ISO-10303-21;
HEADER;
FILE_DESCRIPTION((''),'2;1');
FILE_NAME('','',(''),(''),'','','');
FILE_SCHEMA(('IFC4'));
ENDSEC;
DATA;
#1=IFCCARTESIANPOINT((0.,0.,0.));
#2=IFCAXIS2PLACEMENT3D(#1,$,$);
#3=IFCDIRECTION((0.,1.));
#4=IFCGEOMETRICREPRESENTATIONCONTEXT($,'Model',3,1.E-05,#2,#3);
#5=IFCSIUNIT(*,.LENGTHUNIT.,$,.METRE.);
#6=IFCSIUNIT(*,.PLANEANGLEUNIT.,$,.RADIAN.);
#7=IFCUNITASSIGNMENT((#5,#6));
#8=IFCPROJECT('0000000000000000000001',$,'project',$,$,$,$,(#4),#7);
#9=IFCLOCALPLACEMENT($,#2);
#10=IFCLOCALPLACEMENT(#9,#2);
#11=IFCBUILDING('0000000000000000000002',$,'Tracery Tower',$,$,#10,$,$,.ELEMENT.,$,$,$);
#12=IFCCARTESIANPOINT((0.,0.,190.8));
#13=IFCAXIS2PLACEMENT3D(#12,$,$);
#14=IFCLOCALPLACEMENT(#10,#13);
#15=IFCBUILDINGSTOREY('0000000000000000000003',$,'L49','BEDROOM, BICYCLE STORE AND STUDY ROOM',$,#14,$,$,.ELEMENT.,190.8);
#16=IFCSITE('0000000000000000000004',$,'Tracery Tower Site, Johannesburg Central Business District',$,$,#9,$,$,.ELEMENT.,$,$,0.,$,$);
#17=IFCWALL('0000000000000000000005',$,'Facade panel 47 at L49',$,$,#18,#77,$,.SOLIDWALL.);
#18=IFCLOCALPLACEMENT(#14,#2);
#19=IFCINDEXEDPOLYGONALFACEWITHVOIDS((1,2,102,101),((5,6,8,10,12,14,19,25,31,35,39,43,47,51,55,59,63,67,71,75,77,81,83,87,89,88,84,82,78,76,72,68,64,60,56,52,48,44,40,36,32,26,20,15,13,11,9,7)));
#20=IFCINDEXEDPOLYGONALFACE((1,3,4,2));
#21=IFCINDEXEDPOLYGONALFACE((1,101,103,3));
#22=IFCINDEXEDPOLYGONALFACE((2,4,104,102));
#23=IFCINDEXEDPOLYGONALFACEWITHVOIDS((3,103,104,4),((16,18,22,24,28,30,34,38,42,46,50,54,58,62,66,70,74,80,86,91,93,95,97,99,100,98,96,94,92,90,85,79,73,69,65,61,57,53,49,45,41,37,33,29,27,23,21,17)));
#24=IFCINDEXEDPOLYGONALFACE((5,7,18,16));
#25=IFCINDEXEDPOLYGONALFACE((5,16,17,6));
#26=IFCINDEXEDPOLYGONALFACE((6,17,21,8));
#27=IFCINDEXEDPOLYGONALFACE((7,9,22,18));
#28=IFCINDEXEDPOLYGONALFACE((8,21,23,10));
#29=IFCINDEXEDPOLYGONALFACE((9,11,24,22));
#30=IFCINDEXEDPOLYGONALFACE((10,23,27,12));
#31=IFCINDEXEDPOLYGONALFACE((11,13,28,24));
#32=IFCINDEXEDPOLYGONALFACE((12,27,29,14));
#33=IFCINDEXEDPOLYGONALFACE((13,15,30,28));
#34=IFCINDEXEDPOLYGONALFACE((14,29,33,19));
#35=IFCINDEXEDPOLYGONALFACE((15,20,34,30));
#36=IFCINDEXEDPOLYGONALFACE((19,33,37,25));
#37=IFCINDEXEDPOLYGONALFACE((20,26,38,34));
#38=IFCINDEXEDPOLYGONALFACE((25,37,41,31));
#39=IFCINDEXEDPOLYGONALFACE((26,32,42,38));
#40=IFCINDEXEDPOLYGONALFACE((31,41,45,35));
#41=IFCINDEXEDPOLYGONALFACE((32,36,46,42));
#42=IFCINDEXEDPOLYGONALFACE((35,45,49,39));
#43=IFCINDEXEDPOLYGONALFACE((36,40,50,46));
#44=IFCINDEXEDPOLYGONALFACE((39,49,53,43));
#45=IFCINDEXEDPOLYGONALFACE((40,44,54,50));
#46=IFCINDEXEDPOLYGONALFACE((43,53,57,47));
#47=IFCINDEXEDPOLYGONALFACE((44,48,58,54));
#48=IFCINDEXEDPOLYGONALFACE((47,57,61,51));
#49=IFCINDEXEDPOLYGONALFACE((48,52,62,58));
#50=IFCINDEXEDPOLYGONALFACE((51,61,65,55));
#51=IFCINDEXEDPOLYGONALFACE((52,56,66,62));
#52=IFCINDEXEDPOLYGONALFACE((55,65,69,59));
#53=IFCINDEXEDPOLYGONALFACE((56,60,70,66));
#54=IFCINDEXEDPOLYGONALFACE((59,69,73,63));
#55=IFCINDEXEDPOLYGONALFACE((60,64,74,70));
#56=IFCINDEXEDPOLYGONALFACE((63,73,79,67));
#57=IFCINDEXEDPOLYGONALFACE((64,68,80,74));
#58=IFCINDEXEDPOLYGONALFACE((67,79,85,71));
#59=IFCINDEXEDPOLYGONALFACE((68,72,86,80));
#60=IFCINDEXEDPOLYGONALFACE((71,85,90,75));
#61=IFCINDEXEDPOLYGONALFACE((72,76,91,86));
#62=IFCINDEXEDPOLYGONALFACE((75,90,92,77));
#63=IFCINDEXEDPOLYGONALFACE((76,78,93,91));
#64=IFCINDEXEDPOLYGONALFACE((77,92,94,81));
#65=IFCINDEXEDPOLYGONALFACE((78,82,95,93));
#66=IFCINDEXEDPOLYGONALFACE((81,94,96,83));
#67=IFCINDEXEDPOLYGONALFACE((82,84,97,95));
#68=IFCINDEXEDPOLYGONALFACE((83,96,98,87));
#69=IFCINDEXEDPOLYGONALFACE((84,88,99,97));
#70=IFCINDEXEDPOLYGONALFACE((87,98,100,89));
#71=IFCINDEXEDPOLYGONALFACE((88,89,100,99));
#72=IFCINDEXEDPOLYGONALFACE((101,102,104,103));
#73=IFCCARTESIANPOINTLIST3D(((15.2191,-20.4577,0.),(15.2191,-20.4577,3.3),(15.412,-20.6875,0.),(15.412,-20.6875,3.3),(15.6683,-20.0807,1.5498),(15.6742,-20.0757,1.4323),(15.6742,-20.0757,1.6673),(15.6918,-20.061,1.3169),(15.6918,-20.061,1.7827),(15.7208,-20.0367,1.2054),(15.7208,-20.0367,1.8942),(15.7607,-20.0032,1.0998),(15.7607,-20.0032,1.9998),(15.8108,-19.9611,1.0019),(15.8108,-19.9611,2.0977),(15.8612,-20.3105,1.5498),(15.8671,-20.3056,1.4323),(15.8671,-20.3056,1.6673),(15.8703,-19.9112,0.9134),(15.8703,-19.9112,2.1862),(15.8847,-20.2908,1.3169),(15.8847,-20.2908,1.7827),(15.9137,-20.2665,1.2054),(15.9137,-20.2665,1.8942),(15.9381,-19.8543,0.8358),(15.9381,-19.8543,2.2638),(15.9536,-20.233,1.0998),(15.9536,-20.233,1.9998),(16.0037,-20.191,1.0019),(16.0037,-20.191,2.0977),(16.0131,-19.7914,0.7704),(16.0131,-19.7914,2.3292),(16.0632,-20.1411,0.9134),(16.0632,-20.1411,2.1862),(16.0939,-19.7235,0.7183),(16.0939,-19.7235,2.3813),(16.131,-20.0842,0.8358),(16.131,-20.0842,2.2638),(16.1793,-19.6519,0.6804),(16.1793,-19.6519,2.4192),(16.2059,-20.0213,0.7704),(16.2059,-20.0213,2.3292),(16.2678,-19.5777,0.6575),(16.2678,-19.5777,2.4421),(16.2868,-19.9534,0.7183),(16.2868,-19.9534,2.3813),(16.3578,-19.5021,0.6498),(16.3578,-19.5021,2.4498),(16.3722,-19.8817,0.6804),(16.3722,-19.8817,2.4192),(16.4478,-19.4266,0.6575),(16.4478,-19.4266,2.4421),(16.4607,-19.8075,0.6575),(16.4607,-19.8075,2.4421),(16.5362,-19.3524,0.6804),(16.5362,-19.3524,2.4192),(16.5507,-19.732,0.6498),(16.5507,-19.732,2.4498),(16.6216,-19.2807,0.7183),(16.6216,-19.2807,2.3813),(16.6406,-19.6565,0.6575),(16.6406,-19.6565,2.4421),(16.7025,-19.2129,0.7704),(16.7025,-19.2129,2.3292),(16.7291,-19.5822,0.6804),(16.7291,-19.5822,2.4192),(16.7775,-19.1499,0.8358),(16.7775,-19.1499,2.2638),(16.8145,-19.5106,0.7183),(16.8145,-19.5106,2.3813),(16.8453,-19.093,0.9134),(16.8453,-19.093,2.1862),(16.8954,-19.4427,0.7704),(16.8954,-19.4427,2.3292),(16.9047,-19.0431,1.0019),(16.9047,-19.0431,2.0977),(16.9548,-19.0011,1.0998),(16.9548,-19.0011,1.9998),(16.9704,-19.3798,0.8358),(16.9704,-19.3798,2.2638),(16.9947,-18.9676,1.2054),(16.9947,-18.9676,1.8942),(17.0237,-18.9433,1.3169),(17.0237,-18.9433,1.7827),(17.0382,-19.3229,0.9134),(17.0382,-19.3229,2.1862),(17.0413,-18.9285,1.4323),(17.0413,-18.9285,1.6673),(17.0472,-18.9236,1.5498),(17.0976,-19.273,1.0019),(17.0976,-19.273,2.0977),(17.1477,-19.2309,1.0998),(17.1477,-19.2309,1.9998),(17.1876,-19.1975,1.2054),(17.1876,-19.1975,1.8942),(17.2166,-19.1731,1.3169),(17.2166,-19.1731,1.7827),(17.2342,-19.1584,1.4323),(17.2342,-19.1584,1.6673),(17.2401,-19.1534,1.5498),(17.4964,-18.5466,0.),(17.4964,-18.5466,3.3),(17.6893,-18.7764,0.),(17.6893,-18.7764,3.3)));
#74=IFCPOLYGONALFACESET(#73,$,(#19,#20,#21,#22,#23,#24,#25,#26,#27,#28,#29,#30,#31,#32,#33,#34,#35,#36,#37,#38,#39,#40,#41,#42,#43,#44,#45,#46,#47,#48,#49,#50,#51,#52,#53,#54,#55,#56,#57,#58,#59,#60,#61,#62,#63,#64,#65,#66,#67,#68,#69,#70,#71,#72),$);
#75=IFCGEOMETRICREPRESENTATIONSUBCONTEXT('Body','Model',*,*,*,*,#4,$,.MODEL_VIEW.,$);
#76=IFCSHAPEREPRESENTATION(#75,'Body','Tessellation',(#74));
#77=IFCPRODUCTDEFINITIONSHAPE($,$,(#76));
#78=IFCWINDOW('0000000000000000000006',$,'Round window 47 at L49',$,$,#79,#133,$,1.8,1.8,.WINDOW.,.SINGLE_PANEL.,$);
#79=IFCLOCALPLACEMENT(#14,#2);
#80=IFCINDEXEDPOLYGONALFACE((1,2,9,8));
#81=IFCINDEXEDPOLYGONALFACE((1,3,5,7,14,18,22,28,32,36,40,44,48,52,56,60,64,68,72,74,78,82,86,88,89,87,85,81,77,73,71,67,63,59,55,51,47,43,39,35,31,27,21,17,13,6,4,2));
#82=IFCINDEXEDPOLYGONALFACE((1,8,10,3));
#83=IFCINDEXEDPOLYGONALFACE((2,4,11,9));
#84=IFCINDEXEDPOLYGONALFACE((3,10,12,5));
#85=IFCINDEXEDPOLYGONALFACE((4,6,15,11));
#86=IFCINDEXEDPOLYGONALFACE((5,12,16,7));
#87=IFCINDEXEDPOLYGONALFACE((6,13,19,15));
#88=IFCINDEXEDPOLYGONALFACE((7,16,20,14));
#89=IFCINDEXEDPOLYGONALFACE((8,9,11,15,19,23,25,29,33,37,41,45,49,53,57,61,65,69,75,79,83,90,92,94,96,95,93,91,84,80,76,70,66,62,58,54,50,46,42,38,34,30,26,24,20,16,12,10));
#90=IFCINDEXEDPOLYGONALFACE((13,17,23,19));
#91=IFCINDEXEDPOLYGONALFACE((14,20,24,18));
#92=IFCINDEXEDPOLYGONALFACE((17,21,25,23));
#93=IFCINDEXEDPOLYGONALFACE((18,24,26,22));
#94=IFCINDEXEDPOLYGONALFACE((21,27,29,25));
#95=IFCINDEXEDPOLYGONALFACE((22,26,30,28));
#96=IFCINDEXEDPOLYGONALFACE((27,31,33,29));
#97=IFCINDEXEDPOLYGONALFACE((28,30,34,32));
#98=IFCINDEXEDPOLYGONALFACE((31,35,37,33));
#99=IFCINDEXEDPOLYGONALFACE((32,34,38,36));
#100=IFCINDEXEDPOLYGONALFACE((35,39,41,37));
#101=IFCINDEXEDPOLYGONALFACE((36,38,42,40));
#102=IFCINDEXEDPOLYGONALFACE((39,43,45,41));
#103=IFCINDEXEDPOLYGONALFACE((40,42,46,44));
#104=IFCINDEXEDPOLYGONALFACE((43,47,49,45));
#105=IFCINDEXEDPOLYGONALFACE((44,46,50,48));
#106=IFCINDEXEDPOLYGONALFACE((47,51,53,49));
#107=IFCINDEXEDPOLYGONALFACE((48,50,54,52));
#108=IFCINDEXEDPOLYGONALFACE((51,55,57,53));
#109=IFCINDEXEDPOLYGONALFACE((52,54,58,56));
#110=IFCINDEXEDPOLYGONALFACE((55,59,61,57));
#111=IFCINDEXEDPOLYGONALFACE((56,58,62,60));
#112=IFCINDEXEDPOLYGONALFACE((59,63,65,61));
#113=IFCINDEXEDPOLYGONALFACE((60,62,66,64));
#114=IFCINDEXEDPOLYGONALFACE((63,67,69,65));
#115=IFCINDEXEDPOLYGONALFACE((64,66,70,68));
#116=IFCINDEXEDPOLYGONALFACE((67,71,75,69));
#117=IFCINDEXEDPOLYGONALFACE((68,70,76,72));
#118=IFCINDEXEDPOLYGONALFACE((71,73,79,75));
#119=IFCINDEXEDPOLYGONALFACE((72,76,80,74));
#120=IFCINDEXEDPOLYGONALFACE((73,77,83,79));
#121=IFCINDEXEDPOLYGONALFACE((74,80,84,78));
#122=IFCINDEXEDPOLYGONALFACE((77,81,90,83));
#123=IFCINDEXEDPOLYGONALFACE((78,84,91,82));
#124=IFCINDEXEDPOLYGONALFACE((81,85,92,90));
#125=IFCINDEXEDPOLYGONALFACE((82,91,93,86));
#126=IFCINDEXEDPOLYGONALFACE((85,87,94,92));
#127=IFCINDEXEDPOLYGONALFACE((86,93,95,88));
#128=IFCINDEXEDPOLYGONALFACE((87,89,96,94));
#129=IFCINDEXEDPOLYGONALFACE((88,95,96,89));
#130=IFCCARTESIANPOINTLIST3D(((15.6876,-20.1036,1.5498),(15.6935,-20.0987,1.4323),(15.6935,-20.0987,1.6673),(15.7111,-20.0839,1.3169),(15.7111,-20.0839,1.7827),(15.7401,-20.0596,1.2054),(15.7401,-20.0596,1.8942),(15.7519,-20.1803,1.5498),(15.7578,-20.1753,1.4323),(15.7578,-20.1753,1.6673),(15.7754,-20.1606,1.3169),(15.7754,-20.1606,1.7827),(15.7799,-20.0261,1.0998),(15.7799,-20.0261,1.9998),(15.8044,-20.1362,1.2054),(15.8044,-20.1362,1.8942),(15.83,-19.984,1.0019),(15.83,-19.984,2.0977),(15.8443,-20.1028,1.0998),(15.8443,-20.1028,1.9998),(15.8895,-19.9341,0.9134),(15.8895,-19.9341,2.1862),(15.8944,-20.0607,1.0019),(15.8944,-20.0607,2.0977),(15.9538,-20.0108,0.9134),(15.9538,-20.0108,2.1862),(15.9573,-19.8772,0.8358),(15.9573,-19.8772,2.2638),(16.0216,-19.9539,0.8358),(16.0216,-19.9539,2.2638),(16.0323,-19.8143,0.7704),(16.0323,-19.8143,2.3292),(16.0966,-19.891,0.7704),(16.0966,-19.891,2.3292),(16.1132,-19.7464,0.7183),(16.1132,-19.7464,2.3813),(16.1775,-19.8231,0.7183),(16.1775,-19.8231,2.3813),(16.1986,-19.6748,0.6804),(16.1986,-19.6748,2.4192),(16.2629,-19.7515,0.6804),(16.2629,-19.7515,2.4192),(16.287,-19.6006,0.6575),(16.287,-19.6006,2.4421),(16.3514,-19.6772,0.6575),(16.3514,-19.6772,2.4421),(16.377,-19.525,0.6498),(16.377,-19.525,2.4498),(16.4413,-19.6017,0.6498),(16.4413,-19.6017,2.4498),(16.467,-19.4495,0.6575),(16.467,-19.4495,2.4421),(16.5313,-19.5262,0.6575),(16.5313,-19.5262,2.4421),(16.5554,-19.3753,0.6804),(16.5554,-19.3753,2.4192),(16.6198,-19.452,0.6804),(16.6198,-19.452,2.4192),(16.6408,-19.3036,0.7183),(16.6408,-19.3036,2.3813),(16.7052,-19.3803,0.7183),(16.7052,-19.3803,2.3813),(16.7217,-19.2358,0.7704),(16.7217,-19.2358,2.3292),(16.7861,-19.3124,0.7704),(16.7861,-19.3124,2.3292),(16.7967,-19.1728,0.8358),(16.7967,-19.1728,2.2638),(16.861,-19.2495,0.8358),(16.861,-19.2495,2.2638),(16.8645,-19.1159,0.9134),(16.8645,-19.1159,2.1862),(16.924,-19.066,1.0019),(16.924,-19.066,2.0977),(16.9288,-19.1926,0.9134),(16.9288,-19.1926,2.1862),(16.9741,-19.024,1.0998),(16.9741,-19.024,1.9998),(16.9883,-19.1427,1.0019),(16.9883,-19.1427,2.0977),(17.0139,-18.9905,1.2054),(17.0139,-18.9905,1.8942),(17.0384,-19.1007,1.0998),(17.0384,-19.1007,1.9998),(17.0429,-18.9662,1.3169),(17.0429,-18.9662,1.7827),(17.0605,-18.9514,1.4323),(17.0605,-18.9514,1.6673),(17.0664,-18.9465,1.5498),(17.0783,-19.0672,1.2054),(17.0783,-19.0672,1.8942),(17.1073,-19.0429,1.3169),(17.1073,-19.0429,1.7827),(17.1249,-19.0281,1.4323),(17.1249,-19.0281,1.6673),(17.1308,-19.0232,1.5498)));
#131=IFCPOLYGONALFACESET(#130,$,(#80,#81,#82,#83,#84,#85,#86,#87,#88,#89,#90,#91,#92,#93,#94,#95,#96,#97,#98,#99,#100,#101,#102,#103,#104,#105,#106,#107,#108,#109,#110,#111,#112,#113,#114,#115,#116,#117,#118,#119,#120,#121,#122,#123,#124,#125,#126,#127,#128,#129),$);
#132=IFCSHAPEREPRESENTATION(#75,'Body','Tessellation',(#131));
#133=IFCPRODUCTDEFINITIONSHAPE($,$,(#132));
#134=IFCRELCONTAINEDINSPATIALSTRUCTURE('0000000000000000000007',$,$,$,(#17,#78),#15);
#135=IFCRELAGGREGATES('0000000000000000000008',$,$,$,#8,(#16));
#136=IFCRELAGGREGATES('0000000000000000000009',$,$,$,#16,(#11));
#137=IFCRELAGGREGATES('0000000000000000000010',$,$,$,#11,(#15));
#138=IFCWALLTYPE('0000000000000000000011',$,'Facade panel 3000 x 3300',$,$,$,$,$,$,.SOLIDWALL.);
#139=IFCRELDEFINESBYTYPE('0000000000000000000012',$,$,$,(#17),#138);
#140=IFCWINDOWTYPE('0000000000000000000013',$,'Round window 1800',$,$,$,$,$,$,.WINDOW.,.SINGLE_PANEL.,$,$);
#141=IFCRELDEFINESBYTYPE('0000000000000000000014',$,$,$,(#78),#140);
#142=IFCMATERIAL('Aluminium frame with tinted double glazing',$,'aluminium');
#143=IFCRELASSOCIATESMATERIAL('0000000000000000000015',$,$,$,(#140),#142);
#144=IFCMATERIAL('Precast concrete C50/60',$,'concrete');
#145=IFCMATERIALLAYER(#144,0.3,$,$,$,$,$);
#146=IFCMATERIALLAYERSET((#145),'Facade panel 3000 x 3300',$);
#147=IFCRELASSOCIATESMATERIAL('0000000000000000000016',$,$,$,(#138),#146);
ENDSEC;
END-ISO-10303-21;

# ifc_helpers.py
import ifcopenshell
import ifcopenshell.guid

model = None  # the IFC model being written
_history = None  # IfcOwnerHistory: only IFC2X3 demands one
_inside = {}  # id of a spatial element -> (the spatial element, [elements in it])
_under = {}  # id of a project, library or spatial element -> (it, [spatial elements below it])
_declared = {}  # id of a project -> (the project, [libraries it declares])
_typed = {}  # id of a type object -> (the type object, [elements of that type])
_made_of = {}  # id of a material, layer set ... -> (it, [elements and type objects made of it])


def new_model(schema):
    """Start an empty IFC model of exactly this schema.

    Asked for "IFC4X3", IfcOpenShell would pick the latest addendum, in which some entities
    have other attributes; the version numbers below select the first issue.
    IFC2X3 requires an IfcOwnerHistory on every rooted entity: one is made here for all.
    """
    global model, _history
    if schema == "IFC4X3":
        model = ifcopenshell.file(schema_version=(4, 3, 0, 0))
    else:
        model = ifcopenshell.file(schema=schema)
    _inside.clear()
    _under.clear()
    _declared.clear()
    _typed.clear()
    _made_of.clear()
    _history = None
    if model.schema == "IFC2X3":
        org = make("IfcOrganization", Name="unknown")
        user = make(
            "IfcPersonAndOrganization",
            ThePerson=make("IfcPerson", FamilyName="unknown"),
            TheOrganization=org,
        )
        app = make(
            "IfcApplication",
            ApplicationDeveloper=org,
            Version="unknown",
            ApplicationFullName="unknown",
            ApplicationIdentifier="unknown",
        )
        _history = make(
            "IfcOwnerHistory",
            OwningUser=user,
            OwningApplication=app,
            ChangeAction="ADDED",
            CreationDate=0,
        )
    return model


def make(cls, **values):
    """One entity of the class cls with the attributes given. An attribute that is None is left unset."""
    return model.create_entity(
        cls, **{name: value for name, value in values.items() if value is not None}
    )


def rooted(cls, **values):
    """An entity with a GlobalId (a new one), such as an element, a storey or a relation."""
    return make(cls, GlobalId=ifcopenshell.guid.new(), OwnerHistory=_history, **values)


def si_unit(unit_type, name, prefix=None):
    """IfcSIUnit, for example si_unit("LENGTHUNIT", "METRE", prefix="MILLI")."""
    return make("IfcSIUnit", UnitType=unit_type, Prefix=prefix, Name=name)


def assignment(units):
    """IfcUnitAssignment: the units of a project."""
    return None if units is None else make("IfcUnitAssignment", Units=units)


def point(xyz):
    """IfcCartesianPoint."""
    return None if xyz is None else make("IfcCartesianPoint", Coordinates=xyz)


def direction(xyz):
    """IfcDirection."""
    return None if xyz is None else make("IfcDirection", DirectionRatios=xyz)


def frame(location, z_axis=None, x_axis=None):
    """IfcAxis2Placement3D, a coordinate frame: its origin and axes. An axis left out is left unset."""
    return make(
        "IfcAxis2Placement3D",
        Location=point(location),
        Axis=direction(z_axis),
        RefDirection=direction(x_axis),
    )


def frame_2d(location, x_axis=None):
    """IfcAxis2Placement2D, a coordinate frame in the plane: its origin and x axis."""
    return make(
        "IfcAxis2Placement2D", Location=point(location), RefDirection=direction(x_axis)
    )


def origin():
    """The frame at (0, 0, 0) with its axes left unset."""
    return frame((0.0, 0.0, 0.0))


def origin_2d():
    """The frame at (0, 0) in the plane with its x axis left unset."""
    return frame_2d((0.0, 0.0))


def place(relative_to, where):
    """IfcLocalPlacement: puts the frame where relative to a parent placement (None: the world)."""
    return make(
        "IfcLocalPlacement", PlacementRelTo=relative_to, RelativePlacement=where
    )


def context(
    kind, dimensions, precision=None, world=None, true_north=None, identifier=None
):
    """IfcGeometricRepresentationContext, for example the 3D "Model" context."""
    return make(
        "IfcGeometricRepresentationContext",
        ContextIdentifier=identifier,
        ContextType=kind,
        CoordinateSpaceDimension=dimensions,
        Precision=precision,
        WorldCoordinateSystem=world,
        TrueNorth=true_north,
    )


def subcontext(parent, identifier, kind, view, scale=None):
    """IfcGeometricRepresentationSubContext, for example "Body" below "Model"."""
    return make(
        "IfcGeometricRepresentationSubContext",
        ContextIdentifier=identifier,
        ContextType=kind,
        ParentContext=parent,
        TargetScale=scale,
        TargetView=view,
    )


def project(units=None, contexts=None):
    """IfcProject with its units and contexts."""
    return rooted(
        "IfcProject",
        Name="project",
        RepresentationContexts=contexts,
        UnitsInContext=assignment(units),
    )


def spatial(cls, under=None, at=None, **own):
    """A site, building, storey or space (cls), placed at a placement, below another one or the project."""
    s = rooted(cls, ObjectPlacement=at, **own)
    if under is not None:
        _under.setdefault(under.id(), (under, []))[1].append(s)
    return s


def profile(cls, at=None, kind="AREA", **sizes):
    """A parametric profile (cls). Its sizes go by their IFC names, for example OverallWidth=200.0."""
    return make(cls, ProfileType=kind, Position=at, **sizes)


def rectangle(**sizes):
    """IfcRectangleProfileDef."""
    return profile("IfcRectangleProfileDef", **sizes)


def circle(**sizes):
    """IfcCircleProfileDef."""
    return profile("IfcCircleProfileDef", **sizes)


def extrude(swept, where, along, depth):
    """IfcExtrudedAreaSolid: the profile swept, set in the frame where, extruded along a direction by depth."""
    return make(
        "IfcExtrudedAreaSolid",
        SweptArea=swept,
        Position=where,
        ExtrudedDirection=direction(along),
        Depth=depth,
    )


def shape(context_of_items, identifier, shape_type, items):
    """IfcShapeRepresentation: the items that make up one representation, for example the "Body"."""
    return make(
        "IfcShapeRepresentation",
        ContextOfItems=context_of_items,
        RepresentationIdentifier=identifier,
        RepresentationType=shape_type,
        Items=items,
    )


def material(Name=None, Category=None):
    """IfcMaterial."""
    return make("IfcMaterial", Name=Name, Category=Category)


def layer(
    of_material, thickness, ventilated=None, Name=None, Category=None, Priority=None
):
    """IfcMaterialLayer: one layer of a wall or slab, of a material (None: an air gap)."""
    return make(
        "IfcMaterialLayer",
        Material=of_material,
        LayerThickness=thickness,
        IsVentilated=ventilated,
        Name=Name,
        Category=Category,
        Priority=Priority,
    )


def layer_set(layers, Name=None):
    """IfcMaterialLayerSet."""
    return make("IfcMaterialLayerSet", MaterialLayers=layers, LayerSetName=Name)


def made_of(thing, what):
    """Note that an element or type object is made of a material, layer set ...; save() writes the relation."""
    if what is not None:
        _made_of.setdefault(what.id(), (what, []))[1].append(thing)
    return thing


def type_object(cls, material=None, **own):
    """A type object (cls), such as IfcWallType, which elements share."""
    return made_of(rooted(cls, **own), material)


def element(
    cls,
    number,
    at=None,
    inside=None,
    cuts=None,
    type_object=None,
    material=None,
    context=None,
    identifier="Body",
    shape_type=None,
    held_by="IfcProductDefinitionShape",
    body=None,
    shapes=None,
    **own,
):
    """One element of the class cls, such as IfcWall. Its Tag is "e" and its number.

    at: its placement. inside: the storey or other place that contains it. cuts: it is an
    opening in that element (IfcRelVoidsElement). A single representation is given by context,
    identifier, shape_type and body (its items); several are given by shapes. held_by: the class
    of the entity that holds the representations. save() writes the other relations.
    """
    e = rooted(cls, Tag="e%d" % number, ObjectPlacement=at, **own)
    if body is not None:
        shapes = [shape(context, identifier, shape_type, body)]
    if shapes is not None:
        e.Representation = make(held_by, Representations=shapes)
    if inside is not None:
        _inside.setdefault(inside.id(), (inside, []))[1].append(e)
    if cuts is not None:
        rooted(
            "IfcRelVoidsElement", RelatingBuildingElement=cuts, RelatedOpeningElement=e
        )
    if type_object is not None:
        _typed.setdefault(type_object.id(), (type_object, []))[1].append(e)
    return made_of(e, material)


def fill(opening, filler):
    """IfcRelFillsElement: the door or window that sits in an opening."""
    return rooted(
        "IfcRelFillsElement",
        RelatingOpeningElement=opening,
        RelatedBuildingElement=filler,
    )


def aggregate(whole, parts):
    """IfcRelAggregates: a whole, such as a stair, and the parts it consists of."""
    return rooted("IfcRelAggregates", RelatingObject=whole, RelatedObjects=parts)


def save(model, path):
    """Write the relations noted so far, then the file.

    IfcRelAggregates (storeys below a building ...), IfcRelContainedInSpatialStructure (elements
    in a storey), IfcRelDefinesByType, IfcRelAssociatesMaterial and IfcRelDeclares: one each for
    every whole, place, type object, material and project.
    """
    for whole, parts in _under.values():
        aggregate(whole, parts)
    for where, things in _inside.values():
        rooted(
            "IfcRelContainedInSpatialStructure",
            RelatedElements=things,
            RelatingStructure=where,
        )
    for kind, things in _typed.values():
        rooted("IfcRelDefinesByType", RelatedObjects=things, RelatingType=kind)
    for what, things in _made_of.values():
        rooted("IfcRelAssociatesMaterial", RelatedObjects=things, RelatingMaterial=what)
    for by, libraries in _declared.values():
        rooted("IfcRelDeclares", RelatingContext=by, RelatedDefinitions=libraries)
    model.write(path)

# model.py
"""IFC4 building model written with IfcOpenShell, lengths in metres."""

from ifc_helpers import new_model, si_unit, direction, frame, frame_2d, origin, origin_2d, place, context, subcontext, project, spatial, rectangle, circle, extrude, material, layer, layer_set, type_object, element, fill, save


model = new_model("IFC4")

# Units and contexts
model_context = context("Model", 3, precision=1e-05, world=origin(), true_north=direction((0.0, 1.0)))
body_context = subcontext(model_context, "Body", "Model", "MODEL_VIEW")
ifc_project = project(units=[si_unit("LENGTHUNIT", "METRE"), si_unit("PLANEANGLEUNIT", "RADIAN")], contexts=[model_context])

# Site, building, storey
site_placement = place(None, origin())
site = spatial("IfcSite", under=ifc_project, at=site_placement, Name="Tracery Tower Site, Johannesburg Central Business District", CompositionType="ELEMENT", RefElevation=0.0)
building_placement = place(site_placement, origin())
building = spatial("IfcBuilding", under=site, at=building_placement, Name="Tracery Tower", CompositionType="ELEMENT")
storey_placement = place(building_placement, frame((0.0, 0.0, 190.8)))
storey = spatial("IfcBuildingStorey", under=building, at=storey_placement, Name="L49", Description="BEDROOM, BICYCLE STORE AND STUDY ROOM", CompositionType="ELEMENT", Elevation=190.8)

# Wall, opening, window
ifc_material_1 = material(Name="Aluminium frame with tinted double glazing", Category="aluminium")
window_type = type_object("IfcWindowType", Name="Round window 1800", PartitioningType="SINGLE_PANEL", PredefinedType="WINDOW", material=ifc_material_1)
ifc_material_2 = material(Name="Precast concrete C50/60", Category="concrete")
ifc_layer_1 = layer(ifc_material_2, 0.3)
ifc_layer_set_1 = layer_set([ifc_layer_1], Name="Facade panel 3000 x 3300")
wall_type_1 = type_object("IfcWallType", Name="Facade panel 3000 x 3300", PredefinedType="SOLIDWALL", material=ifc_layer_set_1)
wall_1_placement = place(storey_placement, frame((15.3157, -20.5725, 0.0), z_axis=(0.0, 0.0, 1.0), x_axis=(0.766009, 0.64283, 0.0)))
wall_1 = element("IfcWall", 1, at=wall_1_placement, inside=storey, type_object=wall_type_1, Name="Facade panel 47 at L49", PredefinedType="SOLIDWALL", context=body_context, shape_type="SweptSolid", body=[
    extrude(rectangle(XDim=2.9729, YDim=0.3, at=frame_2d((1.4863, 0.0))), origin(), (0.0, 0.0, 1.0), 3.3),
])
opening_1_placement = place(wall_1_placement, frame((1.4863, 0.0, 1.5498)))
opening_1 = element("IfcOpeningElement", 2, at=opening_1_placement, cuts=wall_1, PredefinedType="OPENING", context=body_context, shape_type="SweptSolid", body=[
    extrude(circle(Radius=0.9, at=origin_2d()), frame((0.0, 0.1599, 0.0), z_axis=(0.0, -1.0, 0.0), x_axis=(1.0, 0.0, 0.0)), (0.0, 0.0, 1.0), 0.3201),
])
window_1_placement = place(opening_1_placement, origin())
window_1 = element("IfcWindow", 3, at=window_1_placement, inside=storey, type_object=window_type, Name="Round window 47 at L49", OverallHeight=1.8, OverallWidth=1.8, PartitioningType="SINGLE_PANEL", PredefinedType="WINDOW", context=body_context, shape_type="SweptSolid", body=[
    extrude(circle(Radius=0.9, at=origin_2d()), frame((0.0, 0.1201, 0.0), z_axis=(0.0, -1.0, 0.0), x_axis=(1.0, 0.0, 0.0)), (0.0, 0.0, 1.0), 0.1001),
])
fill(opening_1, window_1)

save(model, "model.ifc")
